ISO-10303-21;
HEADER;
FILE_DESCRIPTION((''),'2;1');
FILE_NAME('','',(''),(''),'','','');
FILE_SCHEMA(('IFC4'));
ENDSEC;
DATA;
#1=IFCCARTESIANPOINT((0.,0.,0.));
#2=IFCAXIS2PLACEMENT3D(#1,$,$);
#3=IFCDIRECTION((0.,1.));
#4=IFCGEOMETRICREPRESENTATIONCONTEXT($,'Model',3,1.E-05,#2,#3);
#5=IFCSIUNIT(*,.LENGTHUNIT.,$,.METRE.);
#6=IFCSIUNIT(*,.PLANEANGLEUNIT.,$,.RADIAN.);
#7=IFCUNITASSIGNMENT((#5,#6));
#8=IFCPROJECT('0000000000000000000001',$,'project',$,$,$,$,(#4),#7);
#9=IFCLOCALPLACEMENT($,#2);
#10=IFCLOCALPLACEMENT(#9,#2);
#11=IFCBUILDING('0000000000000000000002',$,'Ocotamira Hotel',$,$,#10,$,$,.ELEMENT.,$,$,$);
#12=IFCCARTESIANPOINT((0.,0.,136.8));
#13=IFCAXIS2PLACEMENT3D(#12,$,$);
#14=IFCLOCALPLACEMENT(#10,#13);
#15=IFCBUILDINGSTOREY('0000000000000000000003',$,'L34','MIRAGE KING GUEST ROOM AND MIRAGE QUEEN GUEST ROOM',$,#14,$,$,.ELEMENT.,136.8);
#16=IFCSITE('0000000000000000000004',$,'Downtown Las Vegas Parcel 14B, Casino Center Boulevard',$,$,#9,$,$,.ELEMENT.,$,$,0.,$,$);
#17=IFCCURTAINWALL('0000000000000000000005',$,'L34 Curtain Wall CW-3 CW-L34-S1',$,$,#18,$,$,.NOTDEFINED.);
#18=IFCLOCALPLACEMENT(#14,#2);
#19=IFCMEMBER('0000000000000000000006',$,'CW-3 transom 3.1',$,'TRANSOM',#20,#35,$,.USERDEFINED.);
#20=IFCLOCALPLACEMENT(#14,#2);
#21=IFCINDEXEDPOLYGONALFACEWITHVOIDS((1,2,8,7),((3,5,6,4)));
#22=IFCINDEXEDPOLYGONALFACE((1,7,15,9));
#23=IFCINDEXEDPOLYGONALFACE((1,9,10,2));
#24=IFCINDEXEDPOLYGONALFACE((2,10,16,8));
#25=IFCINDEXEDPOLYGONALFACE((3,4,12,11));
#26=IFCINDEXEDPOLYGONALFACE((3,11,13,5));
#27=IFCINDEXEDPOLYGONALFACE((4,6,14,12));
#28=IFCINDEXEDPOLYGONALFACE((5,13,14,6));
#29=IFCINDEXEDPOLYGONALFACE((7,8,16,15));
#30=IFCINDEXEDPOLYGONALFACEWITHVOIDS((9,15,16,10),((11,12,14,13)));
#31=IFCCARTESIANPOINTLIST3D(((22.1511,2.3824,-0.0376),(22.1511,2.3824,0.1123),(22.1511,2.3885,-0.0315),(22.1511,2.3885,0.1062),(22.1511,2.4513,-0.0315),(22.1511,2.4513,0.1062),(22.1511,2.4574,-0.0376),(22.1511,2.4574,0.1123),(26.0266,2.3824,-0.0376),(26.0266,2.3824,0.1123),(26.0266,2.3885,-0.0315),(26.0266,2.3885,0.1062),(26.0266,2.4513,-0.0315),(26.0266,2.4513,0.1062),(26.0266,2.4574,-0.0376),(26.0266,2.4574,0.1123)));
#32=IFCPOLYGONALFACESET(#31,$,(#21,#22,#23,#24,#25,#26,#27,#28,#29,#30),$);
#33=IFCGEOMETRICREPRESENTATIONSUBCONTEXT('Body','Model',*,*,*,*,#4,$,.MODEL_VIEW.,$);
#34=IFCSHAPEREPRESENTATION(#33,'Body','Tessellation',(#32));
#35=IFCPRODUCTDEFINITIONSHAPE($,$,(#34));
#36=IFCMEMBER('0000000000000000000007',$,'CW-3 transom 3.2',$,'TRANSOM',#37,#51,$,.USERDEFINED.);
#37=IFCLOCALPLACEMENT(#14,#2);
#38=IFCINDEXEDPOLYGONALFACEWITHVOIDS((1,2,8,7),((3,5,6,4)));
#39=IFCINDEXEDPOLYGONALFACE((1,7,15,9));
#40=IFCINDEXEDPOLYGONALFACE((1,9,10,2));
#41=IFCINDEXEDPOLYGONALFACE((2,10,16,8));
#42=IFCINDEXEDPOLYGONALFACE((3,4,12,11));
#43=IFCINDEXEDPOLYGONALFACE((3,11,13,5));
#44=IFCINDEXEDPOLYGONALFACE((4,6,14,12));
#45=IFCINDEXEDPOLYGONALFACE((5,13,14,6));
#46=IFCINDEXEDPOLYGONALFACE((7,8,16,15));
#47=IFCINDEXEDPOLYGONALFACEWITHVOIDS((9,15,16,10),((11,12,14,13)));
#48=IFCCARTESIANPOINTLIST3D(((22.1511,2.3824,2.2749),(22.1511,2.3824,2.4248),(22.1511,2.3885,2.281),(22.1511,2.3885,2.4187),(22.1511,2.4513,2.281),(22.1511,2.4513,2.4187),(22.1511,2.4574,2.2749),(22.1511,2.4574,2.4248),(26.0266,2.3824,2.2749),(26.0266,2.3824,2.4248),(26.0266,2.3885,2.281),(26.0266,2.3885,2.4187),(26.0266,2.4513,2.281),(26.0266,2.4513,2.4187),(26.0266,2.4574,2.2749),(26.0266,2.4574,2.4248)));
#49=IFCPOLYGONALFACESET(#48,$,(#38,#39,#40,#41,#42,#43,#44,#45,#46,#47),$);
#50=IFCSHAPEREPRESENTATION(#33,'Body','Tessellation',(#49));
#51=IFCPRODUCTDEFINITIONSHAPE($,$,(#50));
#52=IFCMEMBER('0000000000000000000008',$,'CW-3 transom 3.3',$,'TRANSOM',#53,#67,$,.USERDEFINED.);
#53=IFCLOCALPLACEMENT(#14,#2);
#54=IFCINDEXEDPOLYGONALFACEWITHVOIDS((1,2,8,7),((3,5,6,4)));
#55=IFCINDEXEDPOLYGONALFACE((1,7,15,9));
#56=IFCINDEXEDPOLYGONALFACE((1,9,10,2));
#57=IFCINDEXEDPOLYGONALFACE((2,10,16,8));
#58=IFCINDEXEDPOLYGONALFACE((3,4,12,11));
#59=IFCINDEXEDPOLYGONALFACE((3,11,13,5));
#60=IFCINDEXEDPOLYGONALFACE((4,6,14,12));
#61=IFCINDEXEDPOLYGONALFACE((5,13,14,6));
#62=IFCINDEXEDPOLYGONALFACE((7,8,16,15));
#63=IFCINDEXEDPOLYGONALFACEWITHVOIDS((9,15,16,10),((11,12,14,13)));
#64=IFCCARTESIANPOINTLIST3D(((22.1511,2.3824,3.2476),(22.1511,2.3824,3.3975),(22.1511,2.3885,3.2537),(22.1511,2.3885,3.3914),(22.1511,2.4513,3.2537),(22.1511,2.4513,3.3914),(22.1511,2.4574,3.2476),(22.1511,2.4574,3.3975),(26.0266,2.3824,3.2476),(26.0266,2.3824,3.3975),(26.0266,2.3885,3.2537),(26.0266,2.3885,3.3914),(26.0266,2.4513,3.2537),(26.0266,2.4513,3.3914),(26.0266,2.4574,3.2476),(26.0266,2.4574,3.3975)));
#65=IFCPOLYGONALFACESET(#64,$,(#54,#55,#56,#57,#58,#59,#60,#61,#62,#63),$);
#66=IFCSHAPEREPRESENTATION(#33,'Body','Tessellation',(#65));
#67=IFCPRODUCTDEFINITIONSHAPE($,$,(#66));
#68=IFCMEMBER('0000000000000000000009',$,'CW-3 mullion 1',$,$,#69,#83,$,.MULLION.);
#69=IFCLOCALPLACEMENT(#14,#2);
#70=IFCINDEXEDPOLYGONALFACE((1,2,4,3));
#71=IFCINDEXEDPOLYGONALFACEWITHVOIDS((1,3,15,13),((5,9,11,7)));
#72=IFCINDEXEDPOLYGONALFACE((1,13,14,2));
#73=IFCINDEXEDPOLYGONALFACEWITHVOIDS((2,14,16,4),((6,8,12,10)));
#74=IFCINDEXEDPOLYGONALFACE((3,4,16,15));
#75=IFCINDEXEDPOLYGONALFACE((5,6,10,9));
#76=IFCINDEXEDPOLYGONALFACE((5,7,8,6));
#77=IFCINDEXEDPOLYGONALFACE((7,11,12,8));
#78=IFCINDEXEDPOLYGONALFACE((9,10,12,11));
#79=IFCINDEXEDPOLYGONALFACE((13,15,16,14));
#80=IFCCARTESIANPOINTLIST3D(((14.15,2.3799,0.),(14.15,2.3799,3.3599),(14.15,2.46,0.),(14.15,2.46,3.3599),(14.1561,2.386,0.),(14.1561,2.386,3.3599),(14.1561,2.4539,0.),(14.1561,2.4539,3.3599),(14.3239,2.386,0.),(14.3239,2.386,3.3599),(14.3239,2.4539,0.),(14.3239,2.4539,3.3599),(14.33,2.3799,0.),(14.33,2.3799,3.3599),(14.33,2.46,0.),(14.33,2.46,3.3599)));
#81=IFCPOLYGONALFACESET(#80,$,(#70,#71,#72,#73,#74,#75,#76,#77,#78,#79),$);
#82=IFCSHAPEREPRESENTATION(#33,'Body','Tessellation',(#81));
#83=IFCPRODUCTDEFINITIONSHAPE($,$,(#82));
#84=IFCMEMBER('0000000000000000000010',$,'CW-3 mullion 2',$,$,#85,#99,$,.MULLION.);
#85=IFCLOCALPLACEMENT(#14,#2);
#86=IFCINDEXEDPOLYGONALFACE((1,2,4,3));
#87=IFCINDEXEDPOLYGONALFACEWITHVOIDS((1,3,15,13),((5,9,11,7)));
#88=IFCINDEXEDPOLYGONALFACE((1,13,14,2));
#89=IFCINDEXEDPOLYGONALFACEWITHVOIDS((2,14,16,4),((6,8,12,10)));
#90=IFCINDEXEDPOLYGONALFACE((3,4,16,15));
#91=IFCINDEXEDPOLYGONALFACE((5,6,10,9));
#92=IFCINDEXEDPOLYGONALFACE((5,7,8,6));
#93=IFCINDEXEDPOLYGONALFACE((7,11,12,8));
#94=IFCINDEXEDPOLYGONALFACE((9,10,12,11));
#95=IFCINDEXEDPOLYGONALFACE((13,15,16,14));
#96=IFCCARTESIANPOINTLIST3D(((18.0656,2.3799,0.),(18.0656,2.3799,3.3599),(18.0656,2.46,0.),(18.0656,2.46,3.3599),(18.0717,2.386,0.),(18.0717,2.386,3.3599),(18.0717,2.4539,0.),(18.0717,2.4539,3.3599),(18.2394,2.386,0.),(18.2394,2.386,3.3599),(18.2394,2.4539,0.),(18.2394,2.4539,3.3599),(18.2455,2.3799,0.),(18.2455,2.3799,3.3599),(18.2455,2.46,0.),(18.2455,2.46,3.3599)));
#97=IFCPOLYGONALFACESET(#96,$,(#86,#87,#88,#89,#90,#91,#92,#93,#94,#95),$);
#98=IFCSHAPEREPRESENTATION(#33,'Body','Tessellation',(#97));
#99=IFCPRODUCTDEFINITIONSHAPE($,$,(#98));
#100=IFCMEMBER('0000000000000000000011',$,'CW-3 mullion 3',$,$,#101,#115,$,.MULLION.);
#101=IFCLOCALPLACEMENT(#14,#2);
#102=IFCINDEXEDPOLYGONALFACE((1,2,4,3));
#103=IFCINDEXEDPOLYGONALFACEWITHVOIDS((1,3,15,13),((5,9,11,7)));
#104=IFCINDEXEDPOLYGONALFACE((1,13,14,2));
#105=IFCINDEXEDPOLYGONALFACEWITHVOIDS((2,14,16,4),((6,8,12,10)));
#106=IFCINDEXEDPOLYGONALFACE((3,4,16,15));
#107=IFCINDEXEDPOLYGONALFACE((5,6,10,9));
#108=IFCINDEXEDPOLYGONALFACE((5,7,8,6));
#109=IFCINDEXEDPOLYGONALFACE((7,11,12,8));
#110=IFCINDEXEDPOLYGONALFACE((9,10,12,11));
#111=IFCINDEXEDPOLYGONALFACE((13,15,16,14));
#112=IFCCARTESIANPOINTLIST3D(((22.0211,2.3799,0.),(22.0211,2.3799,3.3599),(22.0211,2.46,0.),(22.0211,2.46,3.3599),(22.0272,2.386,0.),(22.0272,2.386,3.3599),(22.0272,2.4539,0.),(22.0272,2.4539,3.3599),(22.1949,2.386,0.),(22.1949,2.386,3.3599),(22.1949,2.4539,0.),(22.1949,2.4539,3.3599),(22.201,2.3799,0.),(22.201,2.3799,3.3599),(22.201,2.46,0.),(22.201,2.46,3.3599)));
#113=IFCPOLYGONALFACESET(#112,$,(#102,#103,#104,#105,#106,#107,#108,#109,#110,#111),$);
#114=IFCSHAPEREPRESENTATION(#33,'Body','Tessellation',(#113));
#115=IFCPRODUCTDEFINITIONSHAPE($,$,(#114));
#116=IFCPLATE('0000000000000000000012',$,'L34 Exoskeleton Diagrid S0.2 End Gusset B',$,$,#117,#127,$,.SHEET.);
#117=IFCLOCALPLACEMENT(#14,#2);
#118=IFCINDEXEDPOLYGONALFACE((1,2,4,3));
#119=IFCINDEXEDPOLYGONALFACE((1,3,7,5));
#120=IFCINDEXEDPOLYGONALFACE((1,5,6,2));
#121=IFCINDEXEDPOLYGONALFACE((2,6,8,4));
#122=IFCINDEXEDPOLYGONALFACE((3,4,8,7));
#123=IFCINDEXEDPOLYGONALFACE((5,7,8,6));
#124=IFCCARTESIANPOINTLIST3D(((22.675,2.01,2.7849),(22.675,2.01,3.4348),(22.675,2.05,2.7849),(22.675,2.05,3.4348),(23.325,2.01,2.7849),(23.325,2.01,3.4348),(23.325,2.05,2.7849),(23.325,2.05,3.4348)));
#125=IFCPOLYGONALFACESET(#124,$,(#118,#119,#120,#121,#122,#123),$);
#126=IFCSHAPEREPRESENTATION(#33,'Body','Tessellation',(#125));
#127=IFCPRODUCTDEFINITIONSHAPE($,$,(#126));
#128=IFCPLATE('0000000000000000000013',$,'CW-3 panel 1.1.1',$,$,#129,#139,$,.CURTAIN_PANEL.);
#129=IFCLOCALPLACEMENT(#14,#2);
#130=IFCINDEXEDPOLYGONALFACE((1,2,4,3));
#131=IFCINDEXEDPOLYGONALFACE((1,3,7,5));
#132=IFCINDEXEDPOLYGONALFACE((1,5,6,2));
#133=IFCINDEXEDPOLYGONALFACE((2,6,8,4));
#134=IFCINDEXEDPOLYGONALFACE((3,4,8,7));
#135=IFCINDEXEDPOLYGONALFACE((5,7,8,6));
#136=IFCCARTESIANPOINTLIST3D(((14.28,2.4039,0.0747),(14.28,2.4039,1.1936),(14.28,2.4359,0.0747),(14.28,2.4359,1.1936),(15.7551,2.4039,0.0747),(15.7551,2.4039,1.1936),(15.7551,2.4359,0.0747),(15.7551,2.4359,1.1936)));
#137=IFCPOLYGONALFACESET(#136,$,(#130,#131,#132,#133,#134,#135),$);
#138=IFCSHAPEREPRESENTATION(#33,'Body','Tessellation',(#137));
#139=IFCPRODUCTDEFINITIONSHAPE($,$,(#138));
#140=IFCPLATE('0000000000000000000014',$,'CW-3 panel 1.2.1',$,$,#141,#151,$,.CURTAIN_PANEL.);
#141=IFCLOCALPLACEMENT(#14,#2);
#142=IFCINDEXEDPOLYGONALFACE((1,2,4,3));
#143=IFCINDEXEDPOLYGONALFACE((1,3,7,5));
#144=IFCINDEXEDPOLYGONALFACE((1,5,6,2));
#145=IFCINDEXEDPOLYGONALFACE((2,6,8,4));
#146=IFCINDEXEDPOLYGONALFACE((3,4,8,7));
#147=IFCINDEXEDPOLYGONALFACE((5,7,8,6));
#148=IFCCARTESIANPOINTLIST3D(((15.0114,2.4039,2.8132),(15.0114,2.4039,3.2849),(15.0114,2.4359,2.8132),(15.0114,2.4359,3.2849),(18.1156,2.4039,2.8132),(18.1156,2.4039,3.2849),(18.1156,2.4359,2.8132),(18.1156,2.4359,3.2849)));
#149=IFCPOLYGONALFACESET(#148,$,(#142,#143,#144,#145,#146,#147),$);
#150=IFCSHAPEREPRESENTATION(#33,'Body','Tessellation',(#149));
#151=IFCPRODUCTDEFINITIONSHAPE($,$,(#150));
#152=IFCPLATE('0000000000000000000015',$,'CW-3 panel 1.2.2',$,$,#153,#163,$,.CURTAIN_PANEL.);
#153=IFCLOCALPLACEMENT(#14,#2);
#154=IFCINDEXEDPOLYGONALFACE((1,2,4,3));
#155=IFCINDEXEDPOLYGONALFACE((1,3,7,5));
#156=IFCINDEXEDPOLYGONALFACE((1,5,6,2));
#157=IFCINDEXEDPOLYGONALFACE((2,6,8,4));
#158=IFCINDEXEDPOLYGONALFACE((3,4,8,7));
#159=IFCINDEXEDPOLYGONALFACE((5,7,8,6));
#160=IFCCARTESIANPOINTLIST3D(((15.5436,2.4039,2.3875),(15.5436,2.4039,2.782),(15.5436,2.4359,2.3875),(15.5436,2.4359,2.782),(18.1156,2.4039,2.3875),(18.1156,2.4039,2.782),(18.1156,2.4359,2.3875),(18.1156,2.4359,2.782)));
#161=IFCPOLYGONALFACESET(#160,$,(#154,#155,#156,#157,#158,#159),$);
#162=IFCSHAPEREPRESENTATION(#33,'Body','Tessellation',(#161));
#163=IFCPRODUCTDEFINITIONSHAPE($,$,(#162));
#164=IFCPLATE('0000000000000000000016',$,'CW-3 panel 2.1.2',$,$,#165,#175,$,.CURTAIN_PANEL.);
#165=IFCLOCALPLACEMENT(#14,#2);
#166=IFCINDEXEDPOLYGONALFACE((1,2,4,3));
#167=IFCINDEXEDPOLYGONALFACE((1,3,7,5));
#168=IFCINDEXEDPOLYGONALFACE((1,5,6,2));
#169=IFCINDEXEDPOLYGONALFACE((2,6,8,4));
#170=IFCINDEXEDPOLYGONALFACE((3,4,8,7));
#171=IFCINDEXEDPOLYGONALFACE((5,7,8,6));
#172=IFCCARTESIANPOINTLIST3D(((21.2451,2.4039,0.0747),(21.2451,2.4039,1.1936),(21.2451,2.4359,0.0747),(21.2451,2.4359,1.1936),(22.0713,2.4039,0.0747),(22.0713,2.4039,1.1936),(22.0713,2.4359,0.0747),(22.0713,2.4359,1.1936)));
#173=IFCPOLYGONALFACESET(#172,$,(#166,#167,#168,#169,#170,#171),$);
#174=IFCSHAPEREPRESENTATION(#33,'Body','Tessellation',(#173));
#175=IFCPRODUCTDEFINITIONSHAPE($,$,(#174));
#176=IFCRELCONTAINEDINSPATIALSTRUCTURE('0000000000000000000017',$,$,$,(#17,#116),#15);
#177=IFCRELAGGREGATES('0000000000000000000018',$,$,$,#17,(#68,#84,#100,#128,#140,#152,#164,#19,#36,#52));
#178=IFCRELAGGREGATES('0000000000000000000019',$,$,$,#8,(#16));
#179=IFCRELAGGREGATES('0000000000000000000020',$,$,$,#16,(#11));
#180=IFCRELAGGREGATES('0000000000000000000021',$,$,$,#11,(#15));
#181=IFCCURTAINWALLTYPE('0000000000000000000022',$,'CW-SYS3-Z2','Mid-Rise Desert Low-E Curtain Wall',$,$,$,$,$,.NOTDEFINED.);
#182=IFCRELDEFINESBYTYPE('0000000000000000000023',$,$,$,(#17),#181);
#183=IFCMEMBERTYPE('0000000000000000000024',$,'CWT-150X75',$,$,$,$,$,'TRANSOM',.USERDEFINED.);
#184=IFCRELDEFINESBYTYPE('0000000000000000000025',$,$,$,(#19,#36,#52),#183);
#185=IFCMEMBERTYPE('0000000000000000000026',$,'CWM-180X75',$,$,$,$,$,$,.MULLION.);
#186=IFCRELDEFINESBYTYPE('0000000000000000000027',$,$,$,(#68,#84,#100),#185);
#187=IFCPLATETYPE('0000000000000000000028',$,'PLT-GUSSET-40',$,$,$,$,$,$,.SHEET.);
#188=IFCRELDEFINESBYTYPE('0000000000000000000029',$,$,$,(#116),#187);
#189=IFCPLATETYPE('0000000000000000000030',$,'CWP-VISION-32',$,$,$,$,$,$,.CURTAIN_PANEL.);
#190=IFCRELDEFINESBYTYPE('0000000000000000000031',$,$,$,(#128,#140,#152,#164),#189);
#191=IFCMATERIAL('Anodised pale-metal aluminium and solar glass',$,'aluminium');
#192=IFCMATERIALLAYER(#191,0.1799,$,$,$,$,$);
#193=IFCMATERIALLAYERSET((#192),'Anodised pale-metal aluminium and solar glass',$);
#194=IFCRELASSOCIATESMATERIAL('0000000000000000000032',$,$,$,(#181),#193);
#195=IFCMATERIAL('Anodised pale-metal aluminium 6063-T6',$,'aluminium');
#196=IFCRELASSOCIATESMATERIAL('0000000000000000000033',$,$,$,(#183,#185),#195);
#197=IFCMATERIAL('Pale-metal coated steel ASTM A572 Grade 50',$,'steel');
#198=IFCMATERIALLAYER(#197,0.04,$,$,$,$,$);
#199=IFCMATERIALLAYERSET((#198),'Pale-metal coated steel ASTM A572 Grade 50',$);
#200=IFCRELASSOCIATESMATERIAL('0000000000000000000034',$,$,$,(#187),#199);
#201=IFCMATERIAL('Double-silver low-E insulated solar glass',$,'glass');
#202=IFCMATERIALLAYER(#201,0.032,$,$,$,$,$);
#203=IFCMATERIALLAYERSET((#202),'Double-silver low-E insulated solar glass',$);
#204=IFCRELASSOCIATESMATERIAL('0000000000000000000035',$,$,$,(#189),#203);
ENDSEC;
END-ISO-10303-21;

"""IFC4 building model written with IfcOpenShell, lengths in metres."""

from ifc_helpers import new_model, si_unit, direction, frame, origin, origin_2d, place, context, subcontext, project, spatial, rectangle, hollow_rectangle, extrude, source, transform, mapped, material, layer, layer_set, material_profile, profile_set, type_object, element, aggregate, save


model = new_model("IFC4")

# Units and contexts
model_context = context("Model", 3, precision=1e-05, world=origin(), true_north=direction((0.0, 1.0)))
body_context = subcontext(model_context, "Body", "Model", "MODEL_VIEW")
ifc_project = project(units=[si_unit("LENGTHUNIT", "METRE"), si_unit("PLANEANGLEUNIT", "RADIAN")], contexts=[model_context])

# Site, building, storey
site_placement = place(None, origin())
site = spatial("IfcSite", under=ifc_project, at=site_placement, Name="Downtown Las Vegas Parcel 14B, Casino Center Boulevard", CompositionType="ELEMENT", RefElevation=0.0)
building_placement = place(site_placement, origin())
building = spatial("IfcBuilding", under=site, at=building_placement, Name="Ocotamira Hotel", CompositionType="ELEMENT")
storey_placement = place(building_placement, frame((0.0, 0.0, 136.8)))
storey = spatial("IfcBuildingStorey", under=building, at=storey_placement, Name="L34", Description="MIRAGE KING GUEST ROOM AND MIRAGE QUEEN GUEST ROOM", CompositionType="ELEMENT", Elevation=136.8)

# Curtain wall, members
ifc_material_1 = material(Name="Anodised pale-metal aluminium and solar glass", Category="aluminium")
ifc_layer_1 = layer(ifc_material_1, 0.1799)
ifc_layer_set_1 = layer_set([ifc_layer_1], Name="Anodised pale-metal aluminium and solar glass")
curtain_wall_type = type_object("IfcCurtainWallType", Name="CW-SYS3-Z2", Description="Mid-Rise Desert Low-E Curtain Wall", PredefinedType="NOTDEFINED", material=ifc_layer_set_1)
curtain_wall_placement = place(storey_placement, origin())
curtain_wall = element("IfcCurtainWall", 1, at=curtain_wall_placement, inside=storey, type_object=curtain_wall_type, Name="L34 Curtain Wall CW-3 CW-L34-S1", PredefinedType="NOTDEFINED")
ifc_material_2 = material(Name="Anodised pale-metal aluminium 6063-T6", Category="aluminium")
ifc_material_profile_1 = material_profile(ifc_material_2, hollow_rectangle(XDim=0.075, YDim=0.1499, WallThickness=0.0061, at=origin_2d()), Name="HSS150X75X6")
ifc_profile_set_1 = profile_set([ifc_material_profile_1], Name="Anodised pale-metal aluminium 6063-T6")
member_type_1 = type_object("IfcMemberType", Name="CWT-150X75", ElementType="TRANSOM", PredefinedType="USERDEFINED", material=ifc_profile_set_1)
shared_shape_1 = source(origin(), body_context, "Body", "SweptSolid", [
    extrude(hollow_rectangle(XDim=0.075, YDim=0.1499, WallThickness=0.0061, at=origin_2d()), origin(), (0.0, 0.0, 1.0), 3.8755),
])
member_1_placement = place(storey_placement, frame((22.1511, 2.4199, 0.0374), z_axis=(1.0, 0.0, 0.0), x_axis=(0.0, 1.0, 0.0)))
member_1 = element("IfcMember", 2, at=member_1_placement, type_object=member_type_1, Name="CW-3 transom 3.1", ObjectType="TRANSOM", PredefinedType="USERDEFINED", context=body_context, shape_type="MappedRepresentation", body=[
    mapped(shared_shape_1, transform((0.0, 0.0, 0.0), scale=1.0)),
])
member_2_placement = place(storey_placement, frame((22.1511, 2.4199, 2.3499), z_axis=(1.0, 0.0, 0.0), x_axis=(0.0, 1.0, 0.0)))
member_2 = element("IfcMember", 3, at=member_2_placement, type_object=member_type_1, Name="CW-3 transom 3.2", ObjectType="TRANSOM", PredefinedType="USERDEFINED", context=body_context, shape_type="MappedRepresentation", body=[
    mapped(shared_shape_1, transform((0.0, 0.0, 0.0), scale=1.0)),
])
member_3_placement = place(storey_placement, frame((22.1511, 2.4199, 3.3225), z_axis=(1.0, 0.0, 0.0), x_axis=(0.0, 1.0, 0.0)))
member_3 = element("IfcMember", 4, at=member_3_placement, type_object=member_type_1, Name="CW-3 transom 3.3", ObjectType="TRANSOM", PredefinedType="USERDEFINED", context=body_context, shape_type="MappedRepresentation", body=[
    mapped(shared_shape_1, transform((0.0, 0.0, 0.0), scale=1.0)),
])
ifc_material_profile_2 = material_profile(ifc_material_2, hollow_rectangle(XDim=0.0801, YDim=0.1799, WallThickness=0.0061, at=origin_2d()), Name="HSS180X80X6")
ifc_profile_set_2 = profile_set([ifc_material_profile_2], Name="Anodised pale-metal aluminium 6063-T6")
member_type_2 = type_object("IfcMemberType", Name="CWM-180X75", PredefinedType="MULLION", material=ifc_profile_set_2)
shared_shape_2 = source(origin(), body_context, "Body", "SweptSolid", [
    extrude(hollow_rectangle(XDim=0.0801, YDim=0.1799, WallThickness=0.0061, at=origin_2d()), origin(), (0.0, 0.0, 1.0), 3.3599),
])
member_4_placement = place(storey_placement, frame((14.24, 2.4199, 0.0), z_axis=(0.0, 0.0, 1.0), x_axis=(0.0, 1.0, 0.0)))
member_4 = element("IfcMember", 5, at=member_4_placement, type_object=member_type_2, Name="CW-3 mullion 1", PredefinedType="MULLION", context=body_context, shape_type="MappedRepresentation", body=[
    mapped(shared_shape_2, transform((0.0, 0.0, 0.0), scale=1.0)),
])
member_5_placement = place(storey_placement, frame((18.1555, 2.4199, 0.0), z_axis=(0.0, 0.0, 1.0), x_axis=(0.0, 1.0, 0.0)))
member_5 = element("IfcMember", 6, at=member_5_placement, type_object=member_type_2, Name="CW-3 mullion 2", PredefinedType="MULLION", context=body_context, shape_type="MappedRepresentation", body=[
    mapped(shared_shape_2, transform((0.0, 0.0, 0.0), scale=1.0)),
])
member_6_placement = place(storey_placement, frame((22.1111, 2.4199, 0.0), z_axis=(0.0, 0.0, 1.0), x_axis=(0.0, 1.0, 0.0)))
member_6 = element("IfcMember", 7, at=member_6_placement, type_object=member_type_2, Name="CW-3 mullion 3", PredefinedType="MULLION", context=body_context, shape_type="MappedRepresentation", body=[
    mapped(shared_shape_2, transform((0.0, 0.0, 0.0), scale=1.0)),
])

# Plates
ifc_material_3 = material(Name="Pale-metal coated steel ASTM A572 Grade 50", Category="steel")
ifc_layer_2 = layer(ifc_material_3, 0.04)
ifc_layer_set_2 = layer_set([ifc_layer_2], Name="Pale-metal coated steel ASTM A572 Grade 50")
plate_type_1 = type_object("IfcPlateType", Name="PLT-GUSSET-40", PredefinedType="SHEET", material=ifc_layer_set_2)
shared_shape_3 = source(origin(), body_context, "Body", "SweptSolid", [
    extrude(rectangle(XDim=0.6499, YDim=0.04, at=origin_2d()), origin(), (0.0, 0.0, 1.0), 0.6499),
])
plate_1_placement = place(storey_placement, frame((23.0, 2.03, 2.7849), z_axis=(0.0, 0.0, 1.0), x_axis=(1.0, 0.0, 0.0)))
element("IfcPlate", 8, at=plate_1_placement, inside=storey, type_object=plate_type_1, Name="L34 Exoskeleton Diagrid S0.2 End Gusset B", PredefinedType="SHEET", context=body_context, shape_type="MappedRepresentation", body=[
    mapped(shared_shape_3, transform((0.0, 0.0, 0.0), scale=1.0)),
])
ifc_material_4 = material(Name="Double-silver low-E insulated solar glass", Category="glass")
ifc_layer_3 = layer(ifc_material_4, 0.032)
ifc_layer_set_3 = layer_set([ifc_layer_3], Name="Double-silver low-E insulated solar glass")
plate_type_2 = type_object("IfcPlateType", Name="CWP-VISION-32", PredefinedType="CURTAIN_PANEL", material=ifc_layer_set_3)
shared_shape_4 = source(origin(), body_context, "Body", "SweptSolid", [
    extrude(rectangle(XDim=1.4751, YDim=0.032, at=origin_2d()), origin(), (0.0, 0.0, 1.0), 1.1189),
])
plate_2_placement = place(storey_placement, frame((15.0176, 2.4199, 0.0747), z_axis=(0.0, 0.0, 1.0), x_axis=(1.0, 0.0, 0.0)))
plate_2 = element("IfcPlate", 9, at=plate_2_placement, type_object=plate_type_2, Name="CW-3 panel 1.1.1", PredefinedType="CURTAIN_PANEL", context=body_context, shape_type="MappedRepresentation", body=[
    mapped(shared_shape_4, transform((0.0, 0.0, 0.0), scale=1.0)),
])
shared_shape_5 = source(origin(), body_context, "Body", "SweptSolid", [
    extrude(rectangle(XDim=3.1042, YDim=0.032, at=origin_2d()), origin(), (0.0, 0.0, 1.0), 0.4717),
])
plate_3_placement = place(storey_placement, frame((16.5635, 2.4199, 2.8132), z_axis=(0.0, 0.0, 1.0), x_axis=(1.0, 0.0, 0.0)))
plate_3 = element("IfcPlate", 10, at=plate_3_placement, type_object=plate_type_2, Name="CW-3 panel 1.2.1", PredefinedType="CURTAIN_PANEL", context=body_context, shape_type="MappedRepresentation", body=[
    mapped(shared_shape_5, transform((0.0, 0.0, 0.0), scale=1.0)),
])
shared_shape_6 = source(origin(), body_context, "Body", "SweptSolid", [
    extrude(rectangle(XDim=2.572, YDim=0.032, at=origin_2d()), origin(), (0.0, 0.0, 1.0), 0.3945),
])
plate_4_placement = place(storey_placement, frame((16.8296, 2.4199, 2.3875), z_axis=(0.0, 0.0, 1.0), x_axis=(1.0, 0.0, 0.0)))
plate_4 = element("IfcPlate", 11, at=plate_4_placement, type_object=plate_type_2, Name="CW-3 panel 1.2.2", PredefinedType="CURTAIN_PANEL", context=body_context, shape_type="MappedRepresentation", body=[
    mapped(shared_shape_6, transform((0.0, 0.0, 0.0), scale=1.0)),
])
shared_shape_7 = source(origin(), body_context, "Body", "SweptSolid", [
    extrude(rectangle(XDim=0.8262, YDim=0.032, at=origin_2d()), origin(), (0.0, 0.0, 1.0), 1.1189),
])
plate_5_placement = place(storey_placement, frame((21.6582, 2.4199, 0.0747), z_axis=(0.0, 0.0, 1.0), x_axis=(1.0, 0.0, 0.0)))
plate_5 = element("IfcPlate", 12, at=plate_5_placement, type_object=plate_type_2, Name="CW-3 panel 2.1.2", PredefinedType="CURTAIN_PANEL", context=body_context, shape_type="MappedRepresentation", body=[
    mapped(shared_shape_7, transform((0.0, 0.0, 0.0), scale=1.0)),
])
aggregate(curtain_wall, [member_4, member_5, member_6, plate_2, plate_3, plate_4, plate_5, member_1, member_2, member_3])

save(model, "model.ifc")
